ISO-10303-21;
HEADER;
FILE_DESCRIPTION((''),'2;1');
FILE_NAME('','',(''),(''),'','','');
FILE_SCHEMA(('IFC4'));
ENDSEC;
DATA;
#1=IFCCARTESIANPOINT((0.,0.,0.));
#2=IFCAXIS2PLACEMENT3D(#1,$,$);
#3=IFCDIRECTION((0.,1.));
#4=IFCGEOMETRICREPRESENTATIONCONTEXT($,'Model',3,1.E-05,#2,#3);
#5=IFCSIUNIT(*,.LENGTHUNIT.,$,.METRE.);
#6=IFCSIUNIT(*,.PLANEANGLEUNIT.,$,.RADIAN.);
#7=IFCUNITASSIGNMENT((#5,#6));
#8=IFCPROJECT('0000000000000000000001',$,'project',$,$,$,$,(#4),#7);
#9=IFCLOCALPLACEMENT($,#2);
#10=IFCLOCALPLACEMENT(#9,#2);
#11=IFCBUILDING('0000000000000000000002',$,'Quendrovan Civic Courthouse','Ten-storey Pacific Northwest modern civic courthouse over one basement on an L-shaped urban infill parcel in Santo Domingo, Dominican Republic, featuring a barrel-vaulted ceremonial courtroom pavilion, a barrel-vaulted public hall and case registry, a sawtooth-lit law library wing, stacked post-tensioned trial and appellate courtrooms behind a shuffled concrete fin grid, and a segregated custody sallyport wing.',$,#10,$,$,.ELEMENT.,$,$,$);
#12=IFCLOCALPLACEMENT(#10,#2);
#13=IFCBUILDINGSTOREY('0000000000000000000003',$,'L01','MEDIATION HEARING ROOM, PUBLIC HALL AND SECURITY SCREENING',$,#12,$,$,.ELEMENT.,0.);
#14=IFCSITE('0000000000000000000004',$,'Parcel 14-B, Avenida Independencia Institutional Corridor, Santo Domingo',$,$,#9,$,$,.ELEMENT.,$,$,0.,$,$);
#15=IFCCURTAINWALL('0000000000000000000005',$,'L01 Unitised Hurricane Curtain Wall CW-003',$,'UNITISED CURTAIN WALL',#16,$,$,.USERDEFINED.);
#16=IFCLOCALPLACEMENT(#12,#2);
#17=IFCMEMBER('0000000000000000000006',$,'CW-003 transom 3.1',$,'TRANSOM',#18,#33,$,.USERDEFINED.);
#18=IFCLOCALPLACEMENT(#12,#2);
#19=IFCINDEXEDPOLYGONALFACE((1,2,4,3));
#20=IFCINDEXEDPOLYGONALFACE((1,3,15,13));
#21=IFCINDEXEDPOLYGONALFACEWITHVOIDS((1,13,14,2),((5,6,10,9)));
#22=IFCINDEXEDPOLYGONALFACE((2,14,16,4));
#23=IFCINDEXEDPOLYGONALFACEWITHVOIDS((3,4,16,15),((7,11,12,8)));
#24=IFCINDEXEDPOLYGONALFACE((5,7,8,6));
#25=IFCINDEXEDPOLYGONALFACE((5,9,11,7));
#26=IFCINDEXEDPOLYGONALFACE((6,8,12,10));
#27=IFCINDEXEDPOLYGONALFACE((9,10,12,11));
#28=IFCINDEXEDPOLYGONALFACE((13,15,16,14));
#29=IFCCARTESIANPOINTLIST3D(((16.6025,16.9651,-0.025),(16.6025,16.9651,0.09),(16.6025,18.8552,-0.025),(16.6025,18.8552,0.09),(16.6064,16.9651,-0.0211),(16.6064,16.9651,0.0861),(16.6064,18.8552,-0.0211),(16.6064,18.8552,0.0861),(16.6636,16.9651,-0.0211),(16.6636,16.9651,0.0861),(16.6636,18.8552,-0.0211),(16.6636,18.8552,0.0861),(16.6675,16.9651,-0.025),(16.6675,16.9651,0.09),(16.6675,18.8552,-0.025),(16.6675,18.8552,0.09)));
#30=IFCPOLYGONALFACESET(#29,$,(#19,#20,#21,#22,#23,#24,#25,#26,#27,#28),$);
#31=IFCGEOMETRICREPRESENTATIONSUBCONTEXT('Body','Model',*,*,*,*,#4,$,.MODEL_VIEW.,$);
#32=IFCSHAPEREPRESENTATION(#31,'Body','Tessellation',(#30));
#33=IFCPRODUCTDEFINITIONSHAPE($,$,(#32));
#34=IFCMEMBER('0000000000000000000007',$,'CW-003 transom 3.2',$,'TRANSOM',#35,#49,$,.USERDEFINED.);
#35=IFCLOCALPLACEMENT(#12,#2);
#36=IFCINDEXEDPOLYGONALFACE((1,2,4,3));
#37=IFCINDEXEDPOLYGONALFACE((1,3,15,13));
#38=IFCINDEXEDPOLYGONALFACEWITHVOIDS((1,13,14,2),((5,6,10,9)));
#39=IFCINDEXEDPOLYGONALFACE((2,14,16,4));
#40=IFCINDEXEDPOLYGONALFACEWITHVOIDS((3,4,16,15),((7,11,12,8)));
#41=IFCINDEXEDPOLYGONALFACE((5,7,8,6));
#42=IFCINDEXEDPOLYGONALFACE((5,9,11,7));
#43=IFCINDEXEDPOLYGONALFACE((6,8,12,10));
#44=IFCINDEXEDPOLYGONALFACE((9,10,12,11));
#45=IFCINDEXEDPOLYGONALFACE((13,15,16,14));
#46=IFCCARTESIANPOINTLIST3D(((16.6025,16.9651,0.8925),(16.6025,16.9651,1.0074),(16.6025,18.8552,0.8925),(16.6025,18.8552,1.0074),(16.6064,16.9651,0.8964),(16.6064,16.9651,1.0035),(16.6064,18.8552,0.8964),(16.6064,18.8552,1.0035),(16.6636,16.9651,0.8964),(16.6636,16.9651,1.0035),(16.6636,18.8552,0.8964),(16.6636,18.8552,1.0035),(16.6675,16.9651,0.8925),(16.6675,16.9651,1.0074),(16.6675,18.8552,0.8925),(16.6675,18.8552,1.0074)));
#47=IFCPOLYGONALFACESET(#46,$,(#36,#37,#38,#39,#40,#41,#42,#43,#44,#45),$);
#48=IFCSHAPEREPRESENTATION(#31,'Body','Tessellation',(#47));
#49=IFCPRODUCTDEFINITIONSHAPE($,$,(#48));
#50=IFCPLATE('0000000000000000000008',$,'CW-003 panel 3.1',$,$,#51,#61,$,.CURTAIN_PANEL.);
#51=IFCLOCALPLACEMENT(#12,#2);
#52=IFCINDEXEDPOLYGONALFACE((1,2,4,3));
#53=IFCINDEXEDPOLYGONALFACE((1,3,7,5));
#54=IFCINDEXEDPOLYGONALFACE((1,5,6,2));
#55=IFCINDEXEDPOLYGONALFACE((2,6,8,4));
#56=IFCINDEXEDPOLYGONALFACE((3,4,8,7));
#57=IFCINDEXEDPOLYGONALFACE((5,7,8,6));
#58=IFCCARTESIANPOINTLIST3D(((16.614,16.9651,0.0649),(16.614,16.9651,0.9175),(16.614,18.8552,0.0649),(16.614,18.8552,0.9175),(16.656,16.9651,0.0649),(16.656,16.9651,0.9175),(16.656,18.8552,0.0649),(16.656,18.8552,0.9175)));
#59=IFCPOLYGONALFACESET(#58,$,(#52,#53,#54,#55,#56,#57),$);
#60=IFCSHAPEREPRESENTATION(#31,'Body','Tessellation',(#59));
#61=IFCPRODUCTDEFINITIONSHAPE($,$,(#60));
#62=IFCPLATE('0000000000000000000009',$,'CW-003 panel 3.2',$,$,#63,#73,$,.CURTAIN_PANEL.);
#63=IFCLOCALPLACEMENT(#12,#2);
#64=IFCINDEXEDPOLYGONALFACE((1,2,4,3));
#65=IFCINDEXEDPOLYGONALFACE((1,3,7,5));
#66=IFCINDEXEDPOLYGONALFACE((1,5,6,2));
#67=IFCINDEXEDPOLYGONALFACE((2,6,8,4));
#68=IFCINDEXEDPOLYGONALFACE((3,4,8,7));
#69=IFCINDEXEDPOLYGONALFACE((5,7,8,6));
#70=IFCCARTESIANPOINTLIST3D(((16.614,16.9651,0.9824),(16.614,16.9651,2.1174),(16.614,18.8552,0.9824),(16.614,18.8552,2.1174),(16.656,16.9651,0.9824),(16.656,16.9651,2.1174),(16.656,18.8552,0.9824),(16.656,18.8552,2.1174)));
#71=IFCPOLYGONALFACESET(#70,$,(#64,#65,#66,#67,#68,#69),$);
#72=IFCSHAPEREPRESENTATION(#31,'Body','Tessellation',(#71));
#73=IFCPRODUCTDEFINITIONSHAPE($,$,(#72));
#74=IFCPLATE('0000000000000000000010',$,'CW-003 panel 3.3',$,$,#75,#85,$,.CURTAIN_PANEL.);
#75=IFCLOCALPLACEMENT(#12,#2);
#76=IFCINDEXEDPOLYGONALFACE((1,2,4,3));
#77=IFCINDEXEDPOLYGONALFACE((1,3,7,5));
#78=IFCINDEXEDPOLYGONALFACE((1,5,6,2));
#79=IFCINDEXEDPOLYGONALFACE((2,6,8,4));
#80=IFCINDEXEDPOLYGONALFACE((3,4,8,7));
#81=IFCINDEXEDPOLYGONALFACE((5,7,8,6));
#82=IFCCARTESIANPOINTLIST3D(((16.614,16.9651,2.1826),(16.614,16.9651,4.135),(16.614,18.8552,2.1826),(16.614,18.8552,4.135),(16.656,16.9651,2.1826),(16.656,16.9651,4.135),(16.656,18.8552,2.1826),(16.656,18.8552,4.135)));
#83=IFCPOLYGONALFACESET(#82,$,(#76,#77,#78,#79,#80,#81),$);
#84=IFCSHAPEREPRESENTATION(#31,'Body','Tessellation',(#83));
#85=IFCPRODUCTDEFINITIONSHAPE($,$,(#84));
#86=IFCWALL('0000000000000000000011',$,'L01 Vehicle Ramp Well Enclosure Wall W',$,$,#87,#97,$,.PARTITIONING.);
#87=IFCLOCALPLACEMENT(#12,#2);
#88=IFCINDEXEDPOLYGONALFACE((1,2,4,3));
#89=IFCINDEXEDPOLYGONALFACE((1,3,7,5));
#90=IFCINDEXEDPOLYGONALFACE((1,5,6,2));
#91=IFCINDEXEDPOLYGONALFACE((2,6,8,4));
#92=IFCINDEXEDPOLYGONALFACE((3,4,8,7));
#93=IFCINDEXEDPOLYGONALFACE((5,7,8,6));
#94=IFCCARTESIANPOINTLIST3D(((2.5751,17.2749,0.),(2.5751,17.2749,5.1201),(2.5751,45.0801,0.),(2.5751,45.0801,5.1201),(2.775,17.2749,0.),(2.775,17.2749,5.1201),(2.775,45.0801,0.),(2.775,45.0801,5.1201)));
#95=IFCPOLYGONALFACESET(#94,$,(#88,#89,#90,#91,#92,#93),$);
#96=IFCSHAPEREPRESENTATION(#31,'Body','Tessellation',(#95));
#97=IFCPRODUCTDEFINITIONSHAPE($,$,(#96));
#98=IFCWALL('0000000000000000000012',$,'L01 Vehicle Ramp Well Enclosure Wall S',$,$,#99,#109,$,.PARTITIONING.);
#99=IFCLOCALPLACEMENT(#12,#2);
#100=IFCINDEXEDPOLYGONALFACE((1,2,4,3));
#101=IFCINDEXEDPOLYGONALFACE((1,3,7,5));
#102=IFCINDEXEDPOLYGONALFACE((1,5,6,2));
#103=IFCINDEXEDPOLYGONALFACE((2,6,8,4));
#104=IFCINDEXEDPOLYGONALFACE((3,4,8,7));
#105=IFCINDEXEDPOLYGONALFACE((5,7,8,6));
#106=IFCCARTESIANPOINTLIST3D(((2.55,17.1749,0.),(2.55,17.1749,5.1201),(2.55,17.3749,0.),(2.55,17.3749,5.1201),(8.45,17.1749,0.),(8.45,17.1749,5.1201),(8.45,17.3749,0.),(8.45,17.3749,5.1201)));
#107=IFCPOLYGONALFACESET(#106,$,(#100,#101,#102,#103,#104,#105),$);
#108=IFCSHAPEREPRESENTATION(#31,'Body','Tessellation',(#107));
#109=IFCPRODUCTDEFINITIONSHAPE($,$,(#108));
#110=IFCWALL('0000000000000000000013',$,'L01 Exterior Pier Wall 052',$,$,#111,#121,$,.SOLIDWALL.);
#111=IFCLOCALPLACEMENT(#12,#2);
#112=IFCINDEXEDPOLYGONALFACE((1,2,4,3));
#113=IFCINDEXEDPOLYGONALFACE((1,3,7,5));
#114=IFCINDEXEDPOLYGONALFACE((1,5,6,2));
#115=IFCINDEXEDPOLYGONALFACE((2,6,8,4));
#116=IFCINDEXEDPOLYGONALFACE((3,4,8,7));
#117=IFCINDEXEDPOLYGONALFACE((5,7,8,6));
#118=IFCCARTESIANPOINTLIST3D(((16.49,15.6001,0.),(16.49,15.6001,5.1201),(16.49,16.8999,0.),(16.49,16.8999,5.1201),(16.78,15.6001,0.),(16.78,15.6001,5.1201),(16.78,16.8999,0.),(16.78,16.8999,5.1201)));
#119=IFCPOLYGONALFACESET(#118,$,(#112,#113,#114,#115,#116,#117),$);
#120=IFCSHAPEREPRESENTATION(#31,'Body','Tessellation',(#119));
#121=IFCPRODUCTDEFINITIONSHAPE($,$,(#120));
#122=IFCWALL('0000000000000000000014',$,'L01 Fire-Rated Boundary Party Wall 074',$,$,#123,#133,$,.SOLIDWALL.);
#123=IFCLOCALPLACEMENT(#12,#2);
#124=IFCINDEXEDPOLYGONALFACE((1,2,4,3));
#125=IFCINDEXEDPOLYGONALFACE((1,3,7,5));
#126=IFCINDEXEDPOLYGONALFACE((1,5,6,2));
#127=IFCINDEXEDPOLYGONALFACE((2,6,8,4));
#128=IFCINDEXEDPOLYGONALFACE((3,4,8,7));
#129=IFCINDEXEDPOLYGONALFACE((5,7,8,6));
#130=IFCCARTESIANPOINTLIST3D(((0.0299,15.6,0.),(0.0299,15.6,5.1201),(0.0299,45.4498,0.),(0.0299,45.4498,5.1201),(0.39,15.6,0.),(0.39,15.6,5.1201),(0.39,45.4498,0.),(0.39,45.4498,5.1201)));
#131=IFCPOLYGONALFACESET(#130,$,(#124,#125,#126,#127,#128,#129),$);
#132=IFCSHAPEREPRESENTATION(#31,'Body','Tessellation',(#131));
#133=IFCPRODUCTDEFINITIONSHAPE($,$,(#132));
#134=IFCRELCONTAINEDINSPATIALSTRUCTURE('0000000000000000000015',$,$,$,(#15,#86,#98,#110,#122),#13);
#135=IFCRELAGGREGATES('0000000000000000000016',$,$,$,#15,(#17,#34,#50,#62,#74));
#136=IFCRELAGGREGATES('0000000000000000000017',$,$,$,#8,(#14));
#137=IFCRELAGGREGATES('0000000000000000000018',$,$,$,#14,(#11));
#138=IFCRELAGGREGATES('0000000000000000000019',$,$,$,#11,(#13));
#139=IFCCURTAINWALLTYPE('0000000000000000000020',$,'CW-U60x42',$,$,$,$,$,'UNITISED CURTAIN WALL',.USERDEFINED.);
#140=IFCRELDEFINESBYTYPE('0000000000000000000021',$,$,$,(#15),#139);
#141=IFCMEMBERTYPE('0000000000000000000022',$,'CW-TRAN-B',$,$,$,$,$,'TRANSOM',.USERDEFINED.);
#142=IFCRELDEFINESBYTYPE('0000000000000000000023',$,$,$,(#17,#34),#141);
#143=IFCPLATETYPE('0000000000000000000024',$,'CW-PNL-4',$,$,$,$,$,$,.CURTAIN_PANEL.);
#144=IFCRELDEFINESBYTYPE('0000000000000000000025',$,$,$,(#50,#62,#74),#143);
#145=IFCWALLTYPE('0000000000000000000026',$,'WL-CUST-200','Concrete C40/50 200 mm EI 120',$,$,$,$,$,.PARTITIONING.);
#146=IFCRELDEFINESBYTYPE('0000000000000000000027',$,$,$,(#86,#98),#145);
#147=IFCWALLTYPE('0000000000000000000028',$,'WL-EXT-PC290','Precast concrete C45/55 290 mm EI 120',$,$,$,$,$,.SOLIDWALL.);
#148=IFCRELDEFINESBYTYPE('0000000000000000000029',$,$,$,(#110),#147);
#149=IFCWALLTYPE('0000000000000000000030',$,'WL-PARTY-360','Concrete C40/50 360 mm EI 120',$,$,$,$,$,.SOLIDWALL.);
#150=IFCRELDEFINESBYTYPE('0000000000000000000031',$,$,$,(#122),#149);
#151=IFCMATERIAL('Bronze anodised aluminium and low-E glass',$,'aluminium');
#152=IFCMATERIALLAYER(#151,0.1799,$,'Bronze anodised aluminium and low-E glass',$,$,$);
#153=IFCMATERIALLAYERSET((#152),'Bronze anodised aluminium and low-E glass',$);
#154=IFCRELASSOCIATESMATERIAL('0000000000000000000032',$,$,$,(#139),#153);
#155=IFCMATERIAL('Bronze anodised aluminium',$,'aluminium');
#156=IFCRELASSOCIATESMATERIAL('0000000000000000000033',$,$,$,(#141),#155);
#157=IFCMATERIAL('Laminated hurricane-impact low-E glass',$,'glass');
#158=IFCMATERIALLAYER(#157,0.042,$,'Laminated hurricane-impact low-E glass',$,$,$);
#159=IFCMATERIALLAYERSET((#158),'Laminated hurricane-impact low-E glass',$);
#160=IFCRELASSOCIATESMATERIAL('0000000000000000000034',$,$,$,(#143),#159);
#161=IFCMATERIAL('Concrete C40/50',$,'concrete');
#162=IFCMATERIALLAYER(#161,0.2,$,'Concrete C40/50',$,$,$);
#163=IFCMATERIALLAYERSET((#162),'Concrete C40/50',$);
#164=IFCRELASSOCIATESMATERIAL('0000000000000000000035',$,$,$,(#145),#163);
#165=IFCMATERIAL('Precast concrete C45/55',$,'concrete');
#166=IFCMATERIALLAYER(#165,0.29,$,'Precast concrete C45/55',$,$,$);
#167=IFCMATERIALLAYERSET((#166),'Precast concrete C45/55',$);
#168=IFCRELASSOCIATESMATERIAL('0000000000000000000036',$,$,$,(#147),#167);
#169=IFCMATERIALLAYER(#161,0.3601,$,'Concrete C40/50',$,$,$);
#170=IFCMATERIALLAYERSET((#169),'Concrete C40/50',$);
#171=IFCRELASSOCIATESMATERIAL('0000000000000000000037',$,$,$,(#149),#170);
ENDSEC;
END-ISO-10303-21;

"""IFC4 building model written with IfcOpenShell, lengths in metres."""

from ifc_helpers import new_model, si_unit, direction, frame, frame_2d, origin, origin_2d, place, context, subcontext, project, spatial, rectangle, hollow_rectangle, extrude, material, layer, layer_set, material_profile, profile_set, type_object, element, aggregate, save


model = new_model("IFC4")

# Units and contexts
model_context = context("Model", 3, precision=1e-05, world=origin(), true_north=direction((0.0, 1.0)))
body_context = subcontext(model_context, "Body", "Model", "MODEL_VIEW")
ifc_project = project(units=[si_unit("LENGTHUNIT", "METRE"), si_unit("PLANEANGLEUNIT", "RADIAN")], contexts=[model_context])

# Site, building, storey
site_placement = place(None, origin())
site = spatial("IfcSite", under=ifc_project, at=site_placement, Name="Parcel 14-B, Avenida Independencia Institutional Corridor, Santo Domingo", CompositionType="ELEMENT", RefElevation=0.0)
building_placement = place(site_placement, origin())
building = spatial("IfcBuilding", under=site, at=building_placement, Name="Quendrovan Civic Courthouse", Description="Ten-storey Pacific Northwest modern civic courthouse over one basement on an L-shaped urban infill parcel in Santo Domingo, Dominican Republic, featuring a barrel-vaulted ceremonial courtroom pavilion, a barrel-vaulted public hall and case registry, a sawtooth-lit law library wing, stacked post-tensioned trial and appellate courtrooms behind a shuffled concrete fin grid, and a segregated custody sallyport wing.", CompositionType="ELEMENT")
storey_placement = place(building_placement, origin())
storey = spatial("IfcBuildingStorey", under=building, at=storey_placement, Name="L01", Description="MEDIATION HEARING ROOM, PUBLIC HALL AND SECURITY SCREENING", CompositionType="ELEMENT", Elevation=0.0)

# Shared definitions
ifc_material_1 = material(Name="Concrete C40/50", Category="concrete")

# Curtain wall, members, plates
ifc_material_2 = material(Name="Bronze anodised aluminium and low-E glass", Category="aluminium")
ifc_layer_1 = layer(ifc_material_2, 0.1799, Name="Bronze anodised aluminium and low-E glass")
ifc_layer_set_1 = layer_set([ifc_layer_1], Name="Bronze anodised aluminium and low-E glass")
curtain_wall_type = type_object("IfcCurtainWallType", Name="CW-U60x42", ElementType="UNITISED CURTAIN WALL", PredefinedType="USERDEFINED", material=ifc_layer_set_1)
curtain_wall_placement = place(storey_placement, origin())
curtain_wall = element("IfcCurtainWall", 1, at=curtain_wall_placement, inside=storey, type_object=curtain_wall_type, Name="L01 Unitised Hurricane Curtain Wall CW-003", ObjectType="UNITISED CURTAIN WALL", PredefinedType="USERDEFINED")
ifc_material_3 = material(Name="Bronze anodised aluminium", Category="aluminium")
ifc_material_profile_1 = material_profile(ifc_material_3, hollow_rectangle(XDim=0.0649, YDim=0.115, WallThickness=0.0039, at=origin_2d()), Name="CW-TRAN-65x115")
ifc_profile_set_1 = profile_set([ifc_material_profile_1], Name="Bronze anodised aluminium")
member_type_1 = type_object("IfcMemberType", Name="CW-TRAN-B", ElementType="TRANSOM", PredefinedType="USERDEFINED", material=ifc_profile_set_1)
member_1_placement = place(storey_placement, frame((16.635, 18.8552, 0.0325), z_axis=(0.0, -1.0, 0.0), x_axis=(1.0, 0.0, 0.0)))
member_1 = element("IfcMember", 2, at=member_1_placement, type_object=member_type_1, Name="CW-003 transom 3.1", ObjectType="TRANSOM", PredefinedType="USERDEFINED", context=body_context, shape_type="SweptSolid", body=[
    extrude(hollow_rectangle(XDim=0.0649, YDim=0.115, WallThickness=0.0039, at=origin_2d()), origin(), (0.0, 0.0, 1.0), 1.8901),
])
member_2_placement = place(storey_placement, frame((16.635, 18.8552, 0.95), z_axis=(0.0, -1.0, 0.0), x_axis=(1.0, 0.0, 0.0)))
member_2 = element("IfcMember", 3, at=member_2_placement, type_object=member_type_1, Name="CW-003 transom 3.2", ObjectType="TRANSOM", PredefinedType="USERDEFINED", context=body_context, shape_type="SweptSolid", body=[
    extrude(hollow_rectangle(XDim=0.0649, YDim=0.115, WallThickness=0.0039, at=origin_2d()), origin(), (0.0, 0.0, 1.0), 1.8901),
])
ifc_material_4 = material(Name="Laminated hurricane-impact low-E glass", Category="glass")
ifc_layer_2 = layer(ifc_material_4, 0.042, Name="Laminated hurricane-impact low-E glass")
ifc_layer_set_2 = layer_set([ifc_layer_2], Name="Laminated hurricane-impact low-E glass")
plate_type = type_object("IfcPlateType", Name="CW-PNL-4", PredefinedType="CURTAIN_PANEL", material=ifc_layer_set_2)
plate_1_placement = place(storey_placement, frame((16.635, 17.9102, 0.0649), z_axis=(0.0, 0.0, 1.0), x_axis=(0.0, -1.0, 0.0)))
plate_1 = element("IfcPlate", 4, at=plate_1_placement, type_object=plate_type, Name="CW-003 panel 3.1", PredefinedType="CURTAIN_PANEL", context=body_context, shape_type="SweptSolid", body=[
    extrude(rectangle(XDim=1.8901, YDim=0.042, at=origin_2d()), origin(), (0.0, 0.0, 1.0), 0.8525),
])
plate_2_placement = place(storey_placement, frame((16.635, 17.9102, 0.9824), z_axis=(0.0, 0.0, 1.0), x_axis=(0.0, -1.0, 0.0)))
plate_2 = element("IfcPlate", 5, at=plate_2_placement, type_object=plate_type, Name="CW-003 panel 3.2", PredefinedType="CURTAIN_PANEL", context=body_context, shape_type="SweptSolid", body=[
    extrude(rectangle(XDim=1.8901, YDim=0.042, at=origin_2d()), origin(), (0.0, 0.0, 1.0), 1.135),
])
plate_3_placement = place(storey_placement, frame((16.635, 17.9102, 2.1826), z_axis=(0.0, 0.0, 1.0), x_axis=(0.0, -1.0, 0.0)))
plate_3 = element("IfcPlate", 6, at=plate_3_placement, type_object=plate_type, Name="CW-003 panel 3.3", PredefinedType="CURTAIN_PANEL", context=body_context, shape_type="SweptSolid", body=[
    extrude(rectangle(XDim=1.8901, YDim=0.042, at=origin_2d()), origin(), (0.0, 0.0, 1.0), 1.9524),
])
aggregate(curtain_wall, [member_1, member_2, plate_1, plate_2, plate_3])

# Walls
ifc_layer_3 = layer(ifc_material_1, 0.2, Name="Concrete C40/50")
ifc_layer_set_3 = layer_set([ifc_layer_3], Name="Concrete C40/50")
wall_type_1 = type_object("IfcWallType", Name="WL-CUST-200", Description="Concrete C40/50 200 mm EI 120", PredefinedType="PARTITIONING", material=ifc_layer_set_3)
wall_1_placement = place(storey_placement, frame((2.675, 17.2749, 0.0), z_axis=(0.0, 0.0, 1.0), x_axis=(0.0, 1.0, 0.0)))
element("IfcWall", 7, at=wall_1_placement, inside=storey, type_object=wall_type_1, Name="L01 Vehicle Ramp Well Enclosure Wall W", PredefinedType="PARTITIONING", context=body_context, shape_type="SweptSolid", body=[
    extrude(rectangle(XDim=27.8052, YDim=0.2, at=frame_2d((13.9026, 0.0))), origin(), (0.0, 0.0, 1.0), 5.1201),
])
wall_2_placement = place(storey_placement, frame((2.55, 17.2749, 0.0), z_axis=(0.0, 0.0, 1.0), x_axis=(1.0, 0.0, 0.0)))
element("IfcWall", 8, at=wall_2_placement, inside=storey, type_object=wall_type_1, Name="L01 Vehicle Ramp Well Enclosure Wall S", PredefinedType="PARTITIONING", context=body_context, shape_type="SweptSolid", body=[
    extrude(rectangle(XDim=5.8999, YDim=0.2, at=frame_2d((2.95, 0.0))), origin(), (0.0, 0.0, 1.0), 5.1201),
])
ifc_material_5 = material(Name="Precast concrete C45/55", Category="concrete")
ifc_layer_4 = layer(ifc_material_5, 0.29, Name="Precast concrete C45/55")
ifc_layer_set_4 = layer_set([ifc_layer_4], Name="Precast concrete C45/55")
wall_type_2 = type_object("IfcWallType", Name="WL-EXT-PC290", Description="Precast concrete C45/55 290 mm EI 120", PredefinedType="SOLIDWALL", material=ifc_layer_set_4)
wall_3_placement = place(storey_placement, frame((16.635, 16.8999, 0.0), z_axis=(0.0, 0.0, 1.0), x_axis=(0.0, -1.0, 0.0)))
element("IfcWall", 9, at=wall_3_placement, inside=storey, type_object=wall_type_2, Name="L01 Exterior Pier Wall 052", PredefinedType="SOLIDWALL", context=body_context, shape_type="SweptSolid", body=[
    extrude(rectangle(XDim=1.2998, YDim=0.29, at=frame_2d((0.6499, 0.0))), origin(), (0.0, 0.0, 1.0), 5.1201),
])
ifc_layer_5 = layer(ifc_material_1, 0.3601, Name="Concrete C40/50")
ifc_layer_set_5 = layer_set([ifc_layer_5], Name="Concrete C40/50")
wall_type_3 = type_object("IfcWallType", Name="WL-PARTY-360", Description="Concrete C40/50 360 mm EI 120", PredefinedType="SOLIDWALL", material=ifc_layer_set_5)
wall_4_placement = place(storey_placement, frame((0.21, 15.6001, 0.0), z_axis=(0.0, 0.0, 1.0), x_axis=(0.0, 1.0, 0.0)))
element("IfcWall", 10, at=wall_4_placement, inside=storey, type_object=wall_type_3, Name="L01 Fire-Rated Boundary Party Wall 074", PredefinedType="SOLIDWALL", context=body_context, shape_type="SweptSolid", body=[
    extrude(rectangle(XDim=29.8499, YDim=0.3601, at=frame_2d((14.9248, 0.0))), origin(), (0.0, 0.0, 1.0), 5.1201),
])

save(model, "model.ifc")
